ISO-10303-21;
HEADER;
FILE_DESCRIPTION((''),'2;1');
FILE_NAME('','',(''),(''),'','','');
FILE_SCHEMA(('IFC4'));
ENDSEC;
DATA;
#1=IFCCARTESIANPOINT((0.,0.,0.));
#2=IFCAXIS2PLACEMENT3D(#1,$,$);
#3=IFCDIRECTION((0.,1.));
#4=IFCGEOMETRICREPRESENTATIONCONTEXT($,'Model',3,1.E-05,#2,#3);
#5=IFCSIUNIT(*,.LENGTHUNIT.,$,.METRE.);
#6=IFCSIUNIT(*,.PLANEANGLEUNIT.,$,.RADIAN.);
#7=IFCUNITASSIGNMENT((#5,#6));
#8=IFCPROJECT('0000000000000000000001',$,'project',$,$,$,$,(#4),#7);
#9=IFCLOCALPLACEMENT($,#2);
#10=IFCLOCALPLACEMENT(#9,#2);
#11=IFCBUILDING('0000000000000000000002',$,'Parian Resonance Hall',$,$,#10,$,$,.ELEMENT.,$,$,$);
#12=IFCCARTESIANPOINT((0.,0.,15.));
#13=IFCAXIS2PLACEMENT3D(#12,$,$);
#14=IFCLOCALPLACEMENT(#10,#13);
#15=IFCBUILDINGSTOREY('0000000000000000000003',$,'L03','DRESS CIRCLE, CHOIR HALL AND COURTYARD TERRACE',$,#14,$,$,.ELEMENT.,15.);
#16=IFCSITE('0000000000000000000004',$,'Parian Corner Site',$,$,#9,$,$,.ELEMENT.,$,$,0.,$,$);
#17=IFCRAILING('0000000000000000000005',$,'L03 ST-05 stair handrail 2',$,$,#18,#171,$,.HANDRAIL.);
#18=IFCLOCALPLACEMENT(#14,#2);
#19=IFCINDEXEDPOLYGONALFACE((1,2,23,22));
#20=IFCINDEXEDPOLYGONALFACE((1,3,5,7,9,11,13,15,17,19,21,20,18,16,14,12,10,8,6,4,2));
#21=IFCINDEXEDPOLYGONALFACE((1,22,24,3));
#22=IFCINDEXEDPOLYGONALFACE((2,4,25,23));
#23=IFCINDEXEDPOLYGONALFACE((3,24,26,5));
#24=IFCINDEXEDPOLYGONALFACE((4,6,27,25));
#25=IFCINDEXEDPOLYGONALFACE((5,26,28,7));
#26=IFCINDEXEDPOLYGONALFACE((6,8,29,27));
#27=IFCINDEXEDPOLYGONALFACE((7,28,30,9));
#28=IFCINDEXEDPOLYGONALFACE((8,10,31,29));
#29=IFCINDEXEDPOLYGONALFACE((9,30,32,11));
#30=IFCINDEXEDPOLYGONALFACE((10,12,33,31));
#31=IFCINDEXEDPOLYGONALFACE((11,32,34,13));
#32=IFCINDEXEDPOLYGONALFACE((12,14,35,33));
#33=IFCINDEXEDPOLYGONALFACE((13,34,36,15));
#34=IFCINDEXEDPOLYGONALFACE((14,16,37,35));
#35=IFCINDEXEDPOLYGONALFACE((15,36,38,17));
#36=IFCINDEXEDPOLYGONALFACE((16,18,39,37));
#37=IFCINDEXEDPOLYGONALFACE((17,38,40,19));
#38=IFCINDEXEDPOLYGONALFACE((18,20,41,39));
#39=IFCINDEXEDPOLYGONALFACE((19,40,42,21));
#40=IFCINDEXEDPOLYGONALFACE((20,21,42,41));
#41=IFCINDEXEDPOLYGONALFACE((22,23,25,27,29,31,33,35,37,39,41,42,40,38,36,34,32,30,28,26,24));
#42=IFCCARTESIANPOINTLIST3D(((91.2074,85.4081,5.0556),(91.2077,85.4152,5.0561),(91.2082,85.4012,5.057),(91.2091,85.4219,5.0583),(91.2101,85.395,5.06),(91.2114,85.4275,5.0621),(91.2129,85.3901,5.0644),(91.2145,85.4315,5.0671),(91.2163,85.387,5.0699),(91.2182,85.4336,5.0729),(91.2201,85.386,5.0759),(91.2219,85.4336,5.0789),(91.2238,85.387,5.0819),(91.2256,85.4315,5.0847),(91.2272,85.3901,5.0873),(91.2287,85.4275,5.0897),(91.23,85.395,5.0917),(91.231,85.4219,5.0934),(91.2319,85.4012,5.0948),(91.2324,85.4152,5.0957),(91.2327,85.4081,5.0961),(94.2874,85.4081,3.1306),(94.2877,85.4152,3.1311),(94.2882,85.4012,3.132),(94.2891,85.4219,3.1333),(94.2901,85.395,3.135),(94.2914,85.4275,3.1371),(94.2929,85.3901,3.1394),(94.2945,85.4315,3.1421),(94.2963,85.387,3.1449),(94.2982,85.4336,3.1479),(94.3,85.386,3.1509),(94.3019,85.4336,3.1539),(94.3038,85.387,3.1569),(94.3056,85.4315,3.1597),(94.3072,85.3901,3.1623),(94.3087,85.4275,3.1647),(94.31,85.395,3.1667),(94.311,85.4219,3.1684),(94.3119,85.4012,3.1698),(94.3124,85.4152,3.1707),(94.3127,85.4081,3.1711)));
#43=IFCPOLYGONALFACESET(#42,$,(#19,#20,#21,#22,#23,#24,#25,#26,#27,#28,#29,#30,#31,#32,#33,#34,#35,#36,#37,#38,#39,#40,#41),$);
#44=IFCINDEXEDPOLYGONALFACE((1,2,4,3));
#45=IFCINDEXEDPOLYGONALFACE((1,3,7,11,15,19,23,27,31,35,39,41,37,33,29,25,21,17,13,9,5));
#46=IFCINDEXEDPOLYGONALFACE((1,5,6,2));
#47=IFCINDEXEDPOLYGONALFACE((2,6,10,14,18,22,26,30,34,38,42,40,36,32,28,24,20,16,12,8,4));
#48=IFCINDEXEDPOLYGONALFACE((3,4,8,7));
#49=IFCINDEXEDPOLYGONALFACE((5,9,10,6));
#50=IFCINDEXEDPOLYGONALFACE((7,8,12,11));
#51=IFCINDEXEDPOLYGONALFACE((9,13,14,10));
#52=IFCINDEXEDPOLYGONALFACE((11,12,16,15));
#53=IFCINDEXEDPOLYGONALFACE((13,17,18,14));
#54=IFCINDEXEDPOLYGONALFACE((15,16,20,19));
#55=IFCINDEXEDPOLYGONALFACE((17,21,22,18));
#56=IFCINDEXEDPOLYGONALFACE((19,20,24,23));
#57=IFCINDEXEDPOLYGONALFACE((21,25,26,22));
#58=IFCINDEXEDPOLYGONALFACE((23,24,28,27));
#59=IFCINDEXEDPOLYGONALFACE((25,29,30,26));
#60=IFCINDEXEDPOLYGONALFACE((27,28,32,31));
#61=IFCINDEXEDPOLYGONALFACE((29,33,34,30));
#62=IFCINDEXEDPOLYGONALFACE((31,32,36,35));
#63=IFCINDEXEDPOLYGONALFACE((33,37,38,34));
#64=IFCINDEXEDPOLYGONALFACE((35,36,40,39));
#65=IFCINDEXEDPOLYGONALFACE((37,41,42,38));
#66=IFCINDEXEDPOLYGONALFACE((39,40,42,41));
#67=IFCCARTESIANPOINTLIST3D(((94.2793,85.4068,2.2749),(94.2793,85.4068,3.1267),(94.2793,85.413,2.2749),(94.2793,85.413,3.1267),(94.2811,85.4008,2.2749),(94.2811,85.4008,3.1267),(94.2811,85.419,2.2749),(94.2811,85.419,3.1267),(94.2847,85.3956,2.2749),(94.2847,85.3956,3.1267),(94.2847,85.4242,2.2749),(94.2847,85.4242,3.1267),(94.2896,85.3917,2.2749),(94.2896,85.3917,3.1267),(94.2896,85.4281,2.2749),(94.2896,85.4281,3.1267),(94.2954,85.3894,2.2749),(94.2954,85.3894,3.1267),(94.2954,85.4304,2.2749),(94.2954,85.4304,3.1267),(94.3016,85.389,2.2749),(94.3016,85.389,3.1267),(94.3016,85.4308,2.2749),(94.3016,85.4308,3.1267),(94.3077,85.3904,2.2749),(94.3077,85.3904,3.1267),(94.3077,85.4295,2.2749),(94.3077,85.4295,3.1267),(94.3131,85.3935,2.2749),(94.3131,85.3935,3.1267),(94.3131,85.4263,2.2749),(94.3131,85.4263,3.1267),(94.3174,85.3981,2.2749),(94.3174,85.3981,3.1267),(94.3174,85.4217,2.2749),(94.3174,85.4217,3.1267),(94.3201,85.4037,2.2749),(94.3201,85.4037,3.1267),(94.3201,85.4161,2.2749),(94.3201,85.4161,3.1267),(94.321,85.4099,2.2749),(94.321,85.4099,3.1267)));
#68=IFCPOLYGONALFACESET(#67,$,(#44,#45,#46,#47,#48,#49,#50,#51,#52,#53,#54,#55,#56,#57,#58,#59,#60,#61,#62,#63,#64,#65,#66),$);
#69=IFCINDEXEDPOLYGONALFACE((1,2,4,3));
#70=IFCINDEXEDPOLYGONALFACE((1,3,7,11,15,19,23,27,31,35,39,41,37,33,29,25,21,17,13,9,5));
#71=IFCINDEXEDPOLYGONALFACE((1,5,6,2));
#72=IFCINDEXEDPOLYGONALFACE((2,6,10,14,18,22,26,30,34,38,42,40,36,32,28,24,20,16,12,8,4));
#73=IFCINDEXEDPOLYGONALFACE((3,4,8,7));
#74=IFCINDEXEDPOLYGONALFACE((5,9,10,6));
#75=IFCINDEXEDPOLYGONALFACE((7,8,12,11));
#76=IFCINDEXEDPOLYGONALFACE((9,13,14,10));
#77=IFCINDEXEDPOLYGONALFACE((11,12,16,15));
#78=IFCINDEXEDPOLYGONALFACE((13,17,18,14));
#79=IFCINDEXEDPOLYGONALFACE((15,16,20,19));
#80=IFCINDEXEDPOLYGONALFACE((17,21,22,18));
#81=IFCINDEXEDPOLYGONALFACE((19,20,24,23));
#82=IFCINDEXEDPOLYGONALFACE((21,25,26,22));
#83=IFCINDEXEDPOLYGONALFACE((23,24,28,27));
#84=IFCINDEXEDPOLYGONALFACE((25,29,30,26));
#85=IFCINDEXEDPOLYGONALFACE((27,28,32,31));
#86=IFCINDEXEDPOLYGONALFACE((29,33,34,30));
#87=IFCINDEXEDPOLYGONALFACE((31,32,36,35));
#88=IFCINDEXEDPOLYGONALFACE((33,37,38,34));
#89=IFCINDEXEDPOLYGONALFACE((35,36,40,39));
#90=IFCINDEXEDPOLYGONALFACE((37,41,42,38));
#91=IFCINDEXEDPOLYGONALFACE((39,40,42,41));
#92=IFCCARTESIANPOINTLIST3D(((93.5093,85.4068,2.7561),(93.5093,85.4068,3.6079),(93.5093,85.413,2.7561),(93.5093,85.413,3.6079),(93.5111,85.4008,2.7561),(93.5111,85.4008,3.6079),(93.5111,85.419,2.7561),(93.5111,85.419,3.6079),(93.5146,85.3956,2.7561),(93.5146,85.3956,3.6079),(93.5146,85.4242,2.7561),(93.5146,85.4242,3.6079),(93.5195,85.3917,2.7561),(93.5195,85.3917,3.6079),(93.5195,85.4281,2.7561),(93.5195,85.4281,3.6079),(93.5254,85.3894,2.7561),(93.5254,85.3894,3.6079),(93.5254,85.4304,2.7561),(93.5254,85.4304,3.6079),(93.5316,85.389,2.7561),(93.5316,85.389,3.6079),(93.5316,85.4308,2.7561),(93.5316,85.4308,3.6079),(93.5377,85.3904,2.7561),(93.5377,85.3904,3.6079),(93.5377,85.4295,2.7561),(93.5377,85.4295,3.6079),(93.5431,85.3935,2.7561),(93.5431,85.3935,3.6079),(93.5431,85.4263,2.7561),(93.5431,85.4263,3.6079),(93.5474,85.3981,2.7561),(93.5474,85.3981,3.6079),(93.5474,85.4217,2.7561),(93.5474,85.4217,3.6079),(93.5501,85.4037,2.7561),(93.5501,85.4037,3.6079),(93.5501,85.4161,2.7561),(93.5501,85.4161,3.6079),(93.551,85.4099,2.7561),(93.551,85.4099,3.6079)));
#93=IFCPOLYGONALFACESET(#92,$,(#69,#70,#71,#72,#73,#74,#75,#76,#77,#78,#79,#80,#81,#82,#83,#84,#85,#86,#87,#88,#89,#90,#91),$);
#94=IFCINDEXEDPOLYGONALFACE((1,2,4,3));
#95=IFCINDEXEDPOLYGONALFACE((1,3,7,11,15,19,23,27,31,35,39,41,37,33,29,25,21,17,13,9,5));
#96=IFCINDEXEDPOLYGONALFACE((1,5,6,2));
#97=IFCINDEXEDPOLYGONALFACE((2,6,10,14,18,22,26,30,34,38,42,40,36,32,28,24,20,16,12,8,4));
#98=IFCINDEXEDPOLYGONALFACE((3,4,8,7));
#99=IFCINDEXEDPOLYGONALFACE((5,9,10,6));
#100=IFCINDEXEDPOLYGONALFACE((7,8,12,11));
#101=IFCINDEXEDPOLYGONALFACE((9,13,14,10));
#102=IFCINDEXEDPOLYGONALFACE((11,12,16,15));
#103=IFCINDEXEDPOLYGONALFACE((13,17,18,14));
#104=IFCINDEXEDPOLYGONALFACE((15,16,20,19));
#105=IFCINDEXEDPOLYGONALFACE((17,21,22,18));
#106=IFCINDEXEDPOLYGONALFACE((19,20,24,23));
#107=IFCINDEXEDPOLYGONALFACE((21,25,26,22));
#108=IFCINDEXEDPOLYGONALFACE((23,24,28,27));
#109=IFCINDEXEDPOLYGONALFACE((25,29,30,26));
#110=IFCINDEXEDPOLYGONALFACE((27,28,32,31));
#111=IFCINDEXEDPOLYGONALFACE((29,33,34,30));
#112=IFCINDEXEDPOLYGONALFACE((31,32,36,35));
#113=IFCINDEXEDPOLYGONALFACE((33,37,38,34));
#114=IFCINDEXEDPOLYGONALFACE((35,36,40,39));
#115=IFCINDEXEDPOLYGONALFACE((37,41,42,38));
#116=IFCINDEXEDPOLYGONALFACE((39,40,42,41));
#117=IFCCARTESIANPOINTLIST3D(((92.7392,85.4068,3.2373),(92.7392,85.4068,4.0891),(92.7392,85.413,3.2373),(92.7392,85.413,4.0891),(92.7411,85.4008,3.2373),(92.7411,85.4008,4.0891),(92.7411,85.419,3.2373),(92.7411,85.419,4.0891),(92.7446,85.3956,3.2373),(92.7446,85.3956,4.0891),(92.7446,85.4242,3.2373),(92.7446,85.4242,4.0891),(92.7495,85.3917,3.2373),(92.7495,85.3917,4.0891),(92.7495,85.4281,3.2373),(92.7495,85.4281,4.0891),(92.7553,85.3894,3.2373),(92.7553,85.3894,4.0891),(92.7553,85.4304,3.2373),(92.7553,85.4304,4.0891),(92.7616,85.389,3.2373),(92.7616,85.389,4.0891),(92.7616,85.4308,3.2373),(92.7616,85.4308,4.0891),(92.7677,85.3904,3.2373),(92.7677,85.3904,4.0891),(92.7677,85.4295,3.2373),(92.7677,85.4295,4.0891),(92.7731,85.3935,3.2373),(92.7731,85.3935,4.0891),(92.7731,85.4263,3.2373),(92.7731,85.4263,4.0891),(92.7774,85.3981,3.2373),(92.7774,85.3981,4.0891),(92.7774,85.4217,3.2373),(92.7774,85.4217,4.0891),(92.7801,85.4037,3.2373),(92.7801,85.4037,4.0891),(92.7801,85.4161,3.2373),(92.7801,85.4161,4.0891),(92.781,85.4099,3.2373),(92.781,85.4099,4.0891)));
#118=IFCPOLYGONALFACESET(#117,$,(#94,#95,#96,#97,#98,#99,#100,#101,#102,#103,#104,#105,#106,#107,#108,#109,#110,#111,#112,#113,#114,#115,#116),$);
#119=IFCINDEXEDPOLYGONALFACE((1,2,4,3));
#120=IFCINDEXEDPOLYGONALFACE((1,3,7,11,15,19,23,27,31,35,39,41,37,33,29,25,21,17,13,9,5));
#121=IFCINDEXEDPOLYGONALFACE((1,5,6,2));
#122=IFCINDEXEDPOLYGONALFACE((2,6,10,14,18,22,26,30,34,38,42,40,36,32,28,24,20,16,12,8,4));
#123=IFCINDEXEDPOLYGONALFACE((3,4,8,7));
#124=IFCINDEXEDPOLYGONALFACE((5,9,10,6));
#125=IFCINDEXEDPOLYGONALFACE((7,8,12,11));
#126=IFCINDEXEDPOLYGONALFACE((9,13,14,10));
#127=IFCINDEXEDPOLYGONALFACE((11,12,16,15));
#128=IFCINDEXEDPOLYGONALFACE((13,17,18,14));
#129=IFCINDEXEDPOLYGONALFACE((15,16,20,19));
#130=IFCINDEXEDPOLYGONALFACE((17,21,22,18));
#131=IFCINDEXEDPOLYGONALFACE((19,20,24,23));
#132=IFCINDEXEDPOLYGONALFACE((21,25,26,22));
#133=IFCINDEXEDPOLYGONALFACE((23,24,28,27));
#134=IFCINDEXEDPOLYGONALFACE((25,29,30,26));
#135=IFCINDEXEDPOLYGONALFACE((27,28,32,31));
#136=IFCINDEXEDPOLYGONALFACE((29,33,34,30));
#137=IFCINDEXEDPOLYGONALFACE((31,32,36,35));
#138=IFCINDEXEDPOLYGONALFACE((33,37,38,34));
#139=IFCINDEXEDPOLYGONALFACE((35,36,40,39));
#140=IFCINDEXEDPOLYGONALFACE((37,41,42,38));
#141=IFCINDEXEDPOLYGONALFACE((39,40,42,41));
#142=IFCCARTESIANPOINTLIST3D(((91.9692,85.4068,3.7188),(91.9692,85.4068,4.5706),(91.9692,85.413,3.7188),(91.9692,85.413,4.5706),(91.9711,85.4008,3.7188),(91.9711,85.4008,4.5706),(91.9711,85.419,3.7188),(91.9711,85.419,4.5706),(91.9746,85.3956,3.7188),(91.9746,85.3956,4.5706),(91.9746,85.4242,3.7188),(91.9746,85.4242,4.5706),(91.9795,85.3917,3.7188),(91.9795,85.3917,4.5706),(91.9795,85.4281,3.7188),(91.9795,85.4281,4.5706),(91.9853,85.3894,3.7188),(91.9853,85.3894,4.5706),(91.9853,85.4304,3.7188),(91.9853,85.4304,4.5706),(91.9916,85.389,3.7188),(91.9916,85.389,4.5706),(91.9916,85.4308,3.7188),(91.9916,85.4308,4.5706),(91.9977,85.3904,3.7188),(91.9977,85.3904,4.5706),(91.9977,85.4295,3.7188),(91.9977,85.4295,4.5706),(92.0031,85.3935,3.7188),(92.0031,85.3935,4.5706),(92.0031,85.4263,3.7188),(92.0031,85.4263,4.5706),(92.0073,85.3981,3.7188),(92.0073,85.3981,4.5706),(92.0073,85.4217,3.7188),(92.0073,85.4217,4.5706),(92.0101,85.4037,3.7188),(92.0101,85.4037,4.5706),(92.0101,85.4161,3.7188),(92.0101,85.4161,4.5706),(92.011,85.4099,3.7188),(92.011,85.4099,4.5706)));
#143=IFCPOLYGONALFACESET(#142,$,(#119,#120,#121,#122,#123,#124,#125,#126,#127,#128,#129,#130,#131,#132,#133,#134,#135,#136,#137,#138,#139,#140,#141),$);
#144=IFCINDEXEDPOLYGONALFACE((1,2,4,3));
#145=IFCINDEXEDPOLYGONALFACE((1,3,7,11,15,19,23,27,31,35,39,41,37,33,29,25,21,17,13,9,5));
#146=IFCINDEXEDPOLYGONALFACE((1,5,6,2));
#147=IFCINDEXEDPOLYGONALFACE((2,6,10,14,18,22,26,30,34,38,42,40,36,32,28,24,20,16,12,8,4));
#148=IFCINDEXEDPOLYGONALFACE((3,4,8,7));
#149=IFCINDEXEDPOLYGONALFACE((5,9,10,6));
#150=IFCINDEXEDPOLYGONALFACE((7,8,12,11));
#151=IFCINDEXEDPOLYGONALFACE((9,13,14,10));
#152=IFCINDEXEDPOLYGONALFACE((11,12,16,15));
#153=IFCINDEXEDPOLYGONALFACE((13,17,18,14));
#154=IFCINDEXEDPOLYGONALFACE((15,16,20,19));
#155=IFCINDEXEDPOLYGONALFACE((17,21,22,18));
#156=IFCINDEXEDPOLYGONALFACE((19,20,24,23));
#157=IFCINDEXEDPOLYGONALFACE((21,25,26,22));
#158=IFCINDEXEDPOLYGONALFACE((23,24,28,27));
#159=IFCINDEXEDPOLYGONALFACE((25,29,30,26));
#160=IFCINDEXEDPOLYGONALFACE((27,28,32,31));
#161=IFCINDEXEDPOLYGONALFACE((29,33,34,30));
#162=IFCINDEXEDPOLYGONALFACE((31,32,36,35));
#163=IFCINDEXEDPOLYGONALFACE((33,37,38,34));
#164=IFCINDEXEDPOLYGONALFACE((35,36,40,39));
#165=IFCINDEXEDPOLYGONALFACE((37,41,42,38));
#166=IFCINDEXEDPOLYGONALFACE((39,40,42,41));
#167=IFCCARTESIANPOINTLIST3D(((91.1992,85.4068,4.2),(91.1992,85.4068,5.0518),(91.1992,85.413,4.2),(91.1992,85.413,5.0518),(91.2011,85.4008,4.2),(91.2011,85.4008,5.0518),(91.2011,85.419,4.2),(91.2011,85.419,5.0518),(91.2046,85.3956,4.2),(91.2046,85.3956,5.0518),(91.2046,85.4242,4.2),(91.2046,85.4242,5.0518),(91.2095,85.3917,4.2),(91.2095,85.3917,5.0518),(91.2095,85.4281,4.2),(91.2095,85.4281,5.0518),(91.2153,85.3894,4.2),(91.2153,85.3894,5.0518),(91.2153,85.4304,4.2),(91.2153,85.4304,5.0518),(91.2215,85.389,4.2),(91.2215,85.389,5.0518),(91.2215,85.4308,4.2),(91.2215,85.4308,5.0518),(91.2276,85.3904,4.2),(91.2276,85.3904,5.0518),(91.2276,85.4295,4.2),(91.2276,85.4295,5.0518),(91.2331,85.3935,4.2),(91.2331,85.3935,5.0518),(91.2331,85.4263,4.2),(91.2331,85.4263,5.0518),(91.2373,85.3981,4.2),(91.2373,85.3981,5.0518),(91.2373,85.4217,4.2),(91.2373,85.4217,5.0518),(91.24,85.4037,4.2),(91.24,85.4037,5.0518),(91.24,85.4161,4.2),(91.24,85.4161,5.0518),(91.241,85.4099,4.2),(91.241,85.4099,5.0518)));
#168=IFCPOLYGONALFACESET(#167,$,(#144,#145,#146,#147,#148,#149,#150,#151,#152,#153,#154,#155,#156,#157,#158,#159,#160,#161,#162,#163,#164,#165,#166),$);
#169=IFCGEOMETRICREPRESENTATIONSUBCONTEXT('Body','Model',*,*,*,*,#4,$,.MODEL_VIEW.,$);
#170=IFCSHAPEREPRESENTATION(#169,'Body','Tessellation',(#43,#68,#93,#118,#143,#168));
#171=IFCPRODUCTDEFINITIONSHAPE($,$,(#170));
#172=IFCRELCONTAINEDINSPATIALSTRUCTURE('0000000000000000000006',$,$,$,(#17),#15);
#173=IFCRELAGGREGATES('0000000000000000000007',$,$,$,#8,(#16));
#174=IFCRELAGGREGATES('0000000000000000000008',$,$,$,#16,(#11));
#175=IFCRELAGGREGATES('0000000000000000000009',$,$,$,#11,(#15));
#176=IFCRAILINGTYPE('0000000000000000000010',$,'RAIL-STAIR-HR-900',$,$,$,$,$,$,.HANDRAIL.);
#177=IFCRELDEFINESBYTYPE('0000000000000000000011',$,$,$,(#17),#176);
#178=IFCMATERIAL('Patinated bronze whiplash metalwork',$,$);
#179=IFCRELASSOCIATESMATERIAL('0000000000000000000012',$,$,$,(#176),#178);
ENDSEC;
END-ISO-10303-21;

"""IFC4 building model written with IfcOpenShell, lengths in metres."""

from ifc_helpers import new_model, si_unit, direction, frame, origin, origin_2d, place, context, subcontext, project, spatial, circle, extrude, material, type_object, element, save


model = new_model("IFC4")

# Units and contexts
model_context = context("Model", 3, precision=1e-05, world=origin(), true_north=direction((0.0, 1.0)))
body_context = subcontext(model_context, "Body", "Model", "MODEL_VIEW")
ifc_project = project(units=[si_unit("LENGTHUNIT", "METRE"), si_unit("PLANEANGLEUNIT", "RADIAN")], contexts=[model_context])

# Site, building, storey
site_placement = place(None, origin())
site = spatial("IfcSite", under=ifc_project, at=site_placement, Name="Parian Corner Site", CompositionType="ELEMENT", RefElevation=0.0)
building_placement = place(site_placement, origin())
building = spatial("IfcBuilding", under=site, at=building_placement, Name="Parian Resonance Hall", CompositionType="ELEMENT")
storey_placement = place(building_placement, frame((0.0, 0.0, 15.0)))
storey = spatial("IfcBuildingStorey", under=building, at=storey_placement, Name="L03", Description="DRESS CIRCLE, CHOIR HALL AND COURTYARD TERRACE", CompositionType="ELEMENT", Elevation=15.0)

# Railing
ifc_material_1 = material(Name="Patinated bronze whiplash metalwork")
railing_type_1 = type_object("IfcRailingType", Name="RAIL-STAIR-HR-900", PredefinedType="HANDRAIL", material=ifc_material_1)
railing_1_placement = place(storey_placement, frame((94.3, 85.4099, 2.2749)))
element("IfcRailing", 1, at=railing_1_placement, inside=storey, type_object=railing_type_1, Name="L03 ST-05 stair handrail 2", PredefinedType="HANDRAIL", context=body_context, shape_type="SweptSolid", body=[
    extrude(circle(Radius=0.0239, at=origin_2d()), frame((0.0, 0.0, 0.876), z_axis=(-0.847998, 0.0, 0.529999), x_axis=(0.0, -1.0, 0.0)), (0.0, 0.0, 1.0), 3.6321),
    extrude(circle(Radius=0.021, at=origin_2d()), origin(), (0.0, 0.0, 1.0), 0.8518),
    extrude(circle(Radius=0.021, at=origin_2d()), frame((-0.77, 0.0, 0.4812)), (0.0, 0.0, 1.0), 0.8518),
    extrude(circle(Radius=0.021, at=origin_2d()), frame((-1.54, 0.0, 0.9624)), (0.0, 0.0, 1.0), 0.8518),
    extrude(circle(Radius=0.021, at=origin_2d()), frame((-2.3101, 0.0, 1.4438)), (0.0, 0.0, 1.0), 0.8518),
    extrude(circle(Radius=0.021, at=origin_2d()), frame((-3.0801, 0.0, 1.925)), (0.0, 0.0, 1.0), 0.8518),
])

save(model, "model.ifc")
